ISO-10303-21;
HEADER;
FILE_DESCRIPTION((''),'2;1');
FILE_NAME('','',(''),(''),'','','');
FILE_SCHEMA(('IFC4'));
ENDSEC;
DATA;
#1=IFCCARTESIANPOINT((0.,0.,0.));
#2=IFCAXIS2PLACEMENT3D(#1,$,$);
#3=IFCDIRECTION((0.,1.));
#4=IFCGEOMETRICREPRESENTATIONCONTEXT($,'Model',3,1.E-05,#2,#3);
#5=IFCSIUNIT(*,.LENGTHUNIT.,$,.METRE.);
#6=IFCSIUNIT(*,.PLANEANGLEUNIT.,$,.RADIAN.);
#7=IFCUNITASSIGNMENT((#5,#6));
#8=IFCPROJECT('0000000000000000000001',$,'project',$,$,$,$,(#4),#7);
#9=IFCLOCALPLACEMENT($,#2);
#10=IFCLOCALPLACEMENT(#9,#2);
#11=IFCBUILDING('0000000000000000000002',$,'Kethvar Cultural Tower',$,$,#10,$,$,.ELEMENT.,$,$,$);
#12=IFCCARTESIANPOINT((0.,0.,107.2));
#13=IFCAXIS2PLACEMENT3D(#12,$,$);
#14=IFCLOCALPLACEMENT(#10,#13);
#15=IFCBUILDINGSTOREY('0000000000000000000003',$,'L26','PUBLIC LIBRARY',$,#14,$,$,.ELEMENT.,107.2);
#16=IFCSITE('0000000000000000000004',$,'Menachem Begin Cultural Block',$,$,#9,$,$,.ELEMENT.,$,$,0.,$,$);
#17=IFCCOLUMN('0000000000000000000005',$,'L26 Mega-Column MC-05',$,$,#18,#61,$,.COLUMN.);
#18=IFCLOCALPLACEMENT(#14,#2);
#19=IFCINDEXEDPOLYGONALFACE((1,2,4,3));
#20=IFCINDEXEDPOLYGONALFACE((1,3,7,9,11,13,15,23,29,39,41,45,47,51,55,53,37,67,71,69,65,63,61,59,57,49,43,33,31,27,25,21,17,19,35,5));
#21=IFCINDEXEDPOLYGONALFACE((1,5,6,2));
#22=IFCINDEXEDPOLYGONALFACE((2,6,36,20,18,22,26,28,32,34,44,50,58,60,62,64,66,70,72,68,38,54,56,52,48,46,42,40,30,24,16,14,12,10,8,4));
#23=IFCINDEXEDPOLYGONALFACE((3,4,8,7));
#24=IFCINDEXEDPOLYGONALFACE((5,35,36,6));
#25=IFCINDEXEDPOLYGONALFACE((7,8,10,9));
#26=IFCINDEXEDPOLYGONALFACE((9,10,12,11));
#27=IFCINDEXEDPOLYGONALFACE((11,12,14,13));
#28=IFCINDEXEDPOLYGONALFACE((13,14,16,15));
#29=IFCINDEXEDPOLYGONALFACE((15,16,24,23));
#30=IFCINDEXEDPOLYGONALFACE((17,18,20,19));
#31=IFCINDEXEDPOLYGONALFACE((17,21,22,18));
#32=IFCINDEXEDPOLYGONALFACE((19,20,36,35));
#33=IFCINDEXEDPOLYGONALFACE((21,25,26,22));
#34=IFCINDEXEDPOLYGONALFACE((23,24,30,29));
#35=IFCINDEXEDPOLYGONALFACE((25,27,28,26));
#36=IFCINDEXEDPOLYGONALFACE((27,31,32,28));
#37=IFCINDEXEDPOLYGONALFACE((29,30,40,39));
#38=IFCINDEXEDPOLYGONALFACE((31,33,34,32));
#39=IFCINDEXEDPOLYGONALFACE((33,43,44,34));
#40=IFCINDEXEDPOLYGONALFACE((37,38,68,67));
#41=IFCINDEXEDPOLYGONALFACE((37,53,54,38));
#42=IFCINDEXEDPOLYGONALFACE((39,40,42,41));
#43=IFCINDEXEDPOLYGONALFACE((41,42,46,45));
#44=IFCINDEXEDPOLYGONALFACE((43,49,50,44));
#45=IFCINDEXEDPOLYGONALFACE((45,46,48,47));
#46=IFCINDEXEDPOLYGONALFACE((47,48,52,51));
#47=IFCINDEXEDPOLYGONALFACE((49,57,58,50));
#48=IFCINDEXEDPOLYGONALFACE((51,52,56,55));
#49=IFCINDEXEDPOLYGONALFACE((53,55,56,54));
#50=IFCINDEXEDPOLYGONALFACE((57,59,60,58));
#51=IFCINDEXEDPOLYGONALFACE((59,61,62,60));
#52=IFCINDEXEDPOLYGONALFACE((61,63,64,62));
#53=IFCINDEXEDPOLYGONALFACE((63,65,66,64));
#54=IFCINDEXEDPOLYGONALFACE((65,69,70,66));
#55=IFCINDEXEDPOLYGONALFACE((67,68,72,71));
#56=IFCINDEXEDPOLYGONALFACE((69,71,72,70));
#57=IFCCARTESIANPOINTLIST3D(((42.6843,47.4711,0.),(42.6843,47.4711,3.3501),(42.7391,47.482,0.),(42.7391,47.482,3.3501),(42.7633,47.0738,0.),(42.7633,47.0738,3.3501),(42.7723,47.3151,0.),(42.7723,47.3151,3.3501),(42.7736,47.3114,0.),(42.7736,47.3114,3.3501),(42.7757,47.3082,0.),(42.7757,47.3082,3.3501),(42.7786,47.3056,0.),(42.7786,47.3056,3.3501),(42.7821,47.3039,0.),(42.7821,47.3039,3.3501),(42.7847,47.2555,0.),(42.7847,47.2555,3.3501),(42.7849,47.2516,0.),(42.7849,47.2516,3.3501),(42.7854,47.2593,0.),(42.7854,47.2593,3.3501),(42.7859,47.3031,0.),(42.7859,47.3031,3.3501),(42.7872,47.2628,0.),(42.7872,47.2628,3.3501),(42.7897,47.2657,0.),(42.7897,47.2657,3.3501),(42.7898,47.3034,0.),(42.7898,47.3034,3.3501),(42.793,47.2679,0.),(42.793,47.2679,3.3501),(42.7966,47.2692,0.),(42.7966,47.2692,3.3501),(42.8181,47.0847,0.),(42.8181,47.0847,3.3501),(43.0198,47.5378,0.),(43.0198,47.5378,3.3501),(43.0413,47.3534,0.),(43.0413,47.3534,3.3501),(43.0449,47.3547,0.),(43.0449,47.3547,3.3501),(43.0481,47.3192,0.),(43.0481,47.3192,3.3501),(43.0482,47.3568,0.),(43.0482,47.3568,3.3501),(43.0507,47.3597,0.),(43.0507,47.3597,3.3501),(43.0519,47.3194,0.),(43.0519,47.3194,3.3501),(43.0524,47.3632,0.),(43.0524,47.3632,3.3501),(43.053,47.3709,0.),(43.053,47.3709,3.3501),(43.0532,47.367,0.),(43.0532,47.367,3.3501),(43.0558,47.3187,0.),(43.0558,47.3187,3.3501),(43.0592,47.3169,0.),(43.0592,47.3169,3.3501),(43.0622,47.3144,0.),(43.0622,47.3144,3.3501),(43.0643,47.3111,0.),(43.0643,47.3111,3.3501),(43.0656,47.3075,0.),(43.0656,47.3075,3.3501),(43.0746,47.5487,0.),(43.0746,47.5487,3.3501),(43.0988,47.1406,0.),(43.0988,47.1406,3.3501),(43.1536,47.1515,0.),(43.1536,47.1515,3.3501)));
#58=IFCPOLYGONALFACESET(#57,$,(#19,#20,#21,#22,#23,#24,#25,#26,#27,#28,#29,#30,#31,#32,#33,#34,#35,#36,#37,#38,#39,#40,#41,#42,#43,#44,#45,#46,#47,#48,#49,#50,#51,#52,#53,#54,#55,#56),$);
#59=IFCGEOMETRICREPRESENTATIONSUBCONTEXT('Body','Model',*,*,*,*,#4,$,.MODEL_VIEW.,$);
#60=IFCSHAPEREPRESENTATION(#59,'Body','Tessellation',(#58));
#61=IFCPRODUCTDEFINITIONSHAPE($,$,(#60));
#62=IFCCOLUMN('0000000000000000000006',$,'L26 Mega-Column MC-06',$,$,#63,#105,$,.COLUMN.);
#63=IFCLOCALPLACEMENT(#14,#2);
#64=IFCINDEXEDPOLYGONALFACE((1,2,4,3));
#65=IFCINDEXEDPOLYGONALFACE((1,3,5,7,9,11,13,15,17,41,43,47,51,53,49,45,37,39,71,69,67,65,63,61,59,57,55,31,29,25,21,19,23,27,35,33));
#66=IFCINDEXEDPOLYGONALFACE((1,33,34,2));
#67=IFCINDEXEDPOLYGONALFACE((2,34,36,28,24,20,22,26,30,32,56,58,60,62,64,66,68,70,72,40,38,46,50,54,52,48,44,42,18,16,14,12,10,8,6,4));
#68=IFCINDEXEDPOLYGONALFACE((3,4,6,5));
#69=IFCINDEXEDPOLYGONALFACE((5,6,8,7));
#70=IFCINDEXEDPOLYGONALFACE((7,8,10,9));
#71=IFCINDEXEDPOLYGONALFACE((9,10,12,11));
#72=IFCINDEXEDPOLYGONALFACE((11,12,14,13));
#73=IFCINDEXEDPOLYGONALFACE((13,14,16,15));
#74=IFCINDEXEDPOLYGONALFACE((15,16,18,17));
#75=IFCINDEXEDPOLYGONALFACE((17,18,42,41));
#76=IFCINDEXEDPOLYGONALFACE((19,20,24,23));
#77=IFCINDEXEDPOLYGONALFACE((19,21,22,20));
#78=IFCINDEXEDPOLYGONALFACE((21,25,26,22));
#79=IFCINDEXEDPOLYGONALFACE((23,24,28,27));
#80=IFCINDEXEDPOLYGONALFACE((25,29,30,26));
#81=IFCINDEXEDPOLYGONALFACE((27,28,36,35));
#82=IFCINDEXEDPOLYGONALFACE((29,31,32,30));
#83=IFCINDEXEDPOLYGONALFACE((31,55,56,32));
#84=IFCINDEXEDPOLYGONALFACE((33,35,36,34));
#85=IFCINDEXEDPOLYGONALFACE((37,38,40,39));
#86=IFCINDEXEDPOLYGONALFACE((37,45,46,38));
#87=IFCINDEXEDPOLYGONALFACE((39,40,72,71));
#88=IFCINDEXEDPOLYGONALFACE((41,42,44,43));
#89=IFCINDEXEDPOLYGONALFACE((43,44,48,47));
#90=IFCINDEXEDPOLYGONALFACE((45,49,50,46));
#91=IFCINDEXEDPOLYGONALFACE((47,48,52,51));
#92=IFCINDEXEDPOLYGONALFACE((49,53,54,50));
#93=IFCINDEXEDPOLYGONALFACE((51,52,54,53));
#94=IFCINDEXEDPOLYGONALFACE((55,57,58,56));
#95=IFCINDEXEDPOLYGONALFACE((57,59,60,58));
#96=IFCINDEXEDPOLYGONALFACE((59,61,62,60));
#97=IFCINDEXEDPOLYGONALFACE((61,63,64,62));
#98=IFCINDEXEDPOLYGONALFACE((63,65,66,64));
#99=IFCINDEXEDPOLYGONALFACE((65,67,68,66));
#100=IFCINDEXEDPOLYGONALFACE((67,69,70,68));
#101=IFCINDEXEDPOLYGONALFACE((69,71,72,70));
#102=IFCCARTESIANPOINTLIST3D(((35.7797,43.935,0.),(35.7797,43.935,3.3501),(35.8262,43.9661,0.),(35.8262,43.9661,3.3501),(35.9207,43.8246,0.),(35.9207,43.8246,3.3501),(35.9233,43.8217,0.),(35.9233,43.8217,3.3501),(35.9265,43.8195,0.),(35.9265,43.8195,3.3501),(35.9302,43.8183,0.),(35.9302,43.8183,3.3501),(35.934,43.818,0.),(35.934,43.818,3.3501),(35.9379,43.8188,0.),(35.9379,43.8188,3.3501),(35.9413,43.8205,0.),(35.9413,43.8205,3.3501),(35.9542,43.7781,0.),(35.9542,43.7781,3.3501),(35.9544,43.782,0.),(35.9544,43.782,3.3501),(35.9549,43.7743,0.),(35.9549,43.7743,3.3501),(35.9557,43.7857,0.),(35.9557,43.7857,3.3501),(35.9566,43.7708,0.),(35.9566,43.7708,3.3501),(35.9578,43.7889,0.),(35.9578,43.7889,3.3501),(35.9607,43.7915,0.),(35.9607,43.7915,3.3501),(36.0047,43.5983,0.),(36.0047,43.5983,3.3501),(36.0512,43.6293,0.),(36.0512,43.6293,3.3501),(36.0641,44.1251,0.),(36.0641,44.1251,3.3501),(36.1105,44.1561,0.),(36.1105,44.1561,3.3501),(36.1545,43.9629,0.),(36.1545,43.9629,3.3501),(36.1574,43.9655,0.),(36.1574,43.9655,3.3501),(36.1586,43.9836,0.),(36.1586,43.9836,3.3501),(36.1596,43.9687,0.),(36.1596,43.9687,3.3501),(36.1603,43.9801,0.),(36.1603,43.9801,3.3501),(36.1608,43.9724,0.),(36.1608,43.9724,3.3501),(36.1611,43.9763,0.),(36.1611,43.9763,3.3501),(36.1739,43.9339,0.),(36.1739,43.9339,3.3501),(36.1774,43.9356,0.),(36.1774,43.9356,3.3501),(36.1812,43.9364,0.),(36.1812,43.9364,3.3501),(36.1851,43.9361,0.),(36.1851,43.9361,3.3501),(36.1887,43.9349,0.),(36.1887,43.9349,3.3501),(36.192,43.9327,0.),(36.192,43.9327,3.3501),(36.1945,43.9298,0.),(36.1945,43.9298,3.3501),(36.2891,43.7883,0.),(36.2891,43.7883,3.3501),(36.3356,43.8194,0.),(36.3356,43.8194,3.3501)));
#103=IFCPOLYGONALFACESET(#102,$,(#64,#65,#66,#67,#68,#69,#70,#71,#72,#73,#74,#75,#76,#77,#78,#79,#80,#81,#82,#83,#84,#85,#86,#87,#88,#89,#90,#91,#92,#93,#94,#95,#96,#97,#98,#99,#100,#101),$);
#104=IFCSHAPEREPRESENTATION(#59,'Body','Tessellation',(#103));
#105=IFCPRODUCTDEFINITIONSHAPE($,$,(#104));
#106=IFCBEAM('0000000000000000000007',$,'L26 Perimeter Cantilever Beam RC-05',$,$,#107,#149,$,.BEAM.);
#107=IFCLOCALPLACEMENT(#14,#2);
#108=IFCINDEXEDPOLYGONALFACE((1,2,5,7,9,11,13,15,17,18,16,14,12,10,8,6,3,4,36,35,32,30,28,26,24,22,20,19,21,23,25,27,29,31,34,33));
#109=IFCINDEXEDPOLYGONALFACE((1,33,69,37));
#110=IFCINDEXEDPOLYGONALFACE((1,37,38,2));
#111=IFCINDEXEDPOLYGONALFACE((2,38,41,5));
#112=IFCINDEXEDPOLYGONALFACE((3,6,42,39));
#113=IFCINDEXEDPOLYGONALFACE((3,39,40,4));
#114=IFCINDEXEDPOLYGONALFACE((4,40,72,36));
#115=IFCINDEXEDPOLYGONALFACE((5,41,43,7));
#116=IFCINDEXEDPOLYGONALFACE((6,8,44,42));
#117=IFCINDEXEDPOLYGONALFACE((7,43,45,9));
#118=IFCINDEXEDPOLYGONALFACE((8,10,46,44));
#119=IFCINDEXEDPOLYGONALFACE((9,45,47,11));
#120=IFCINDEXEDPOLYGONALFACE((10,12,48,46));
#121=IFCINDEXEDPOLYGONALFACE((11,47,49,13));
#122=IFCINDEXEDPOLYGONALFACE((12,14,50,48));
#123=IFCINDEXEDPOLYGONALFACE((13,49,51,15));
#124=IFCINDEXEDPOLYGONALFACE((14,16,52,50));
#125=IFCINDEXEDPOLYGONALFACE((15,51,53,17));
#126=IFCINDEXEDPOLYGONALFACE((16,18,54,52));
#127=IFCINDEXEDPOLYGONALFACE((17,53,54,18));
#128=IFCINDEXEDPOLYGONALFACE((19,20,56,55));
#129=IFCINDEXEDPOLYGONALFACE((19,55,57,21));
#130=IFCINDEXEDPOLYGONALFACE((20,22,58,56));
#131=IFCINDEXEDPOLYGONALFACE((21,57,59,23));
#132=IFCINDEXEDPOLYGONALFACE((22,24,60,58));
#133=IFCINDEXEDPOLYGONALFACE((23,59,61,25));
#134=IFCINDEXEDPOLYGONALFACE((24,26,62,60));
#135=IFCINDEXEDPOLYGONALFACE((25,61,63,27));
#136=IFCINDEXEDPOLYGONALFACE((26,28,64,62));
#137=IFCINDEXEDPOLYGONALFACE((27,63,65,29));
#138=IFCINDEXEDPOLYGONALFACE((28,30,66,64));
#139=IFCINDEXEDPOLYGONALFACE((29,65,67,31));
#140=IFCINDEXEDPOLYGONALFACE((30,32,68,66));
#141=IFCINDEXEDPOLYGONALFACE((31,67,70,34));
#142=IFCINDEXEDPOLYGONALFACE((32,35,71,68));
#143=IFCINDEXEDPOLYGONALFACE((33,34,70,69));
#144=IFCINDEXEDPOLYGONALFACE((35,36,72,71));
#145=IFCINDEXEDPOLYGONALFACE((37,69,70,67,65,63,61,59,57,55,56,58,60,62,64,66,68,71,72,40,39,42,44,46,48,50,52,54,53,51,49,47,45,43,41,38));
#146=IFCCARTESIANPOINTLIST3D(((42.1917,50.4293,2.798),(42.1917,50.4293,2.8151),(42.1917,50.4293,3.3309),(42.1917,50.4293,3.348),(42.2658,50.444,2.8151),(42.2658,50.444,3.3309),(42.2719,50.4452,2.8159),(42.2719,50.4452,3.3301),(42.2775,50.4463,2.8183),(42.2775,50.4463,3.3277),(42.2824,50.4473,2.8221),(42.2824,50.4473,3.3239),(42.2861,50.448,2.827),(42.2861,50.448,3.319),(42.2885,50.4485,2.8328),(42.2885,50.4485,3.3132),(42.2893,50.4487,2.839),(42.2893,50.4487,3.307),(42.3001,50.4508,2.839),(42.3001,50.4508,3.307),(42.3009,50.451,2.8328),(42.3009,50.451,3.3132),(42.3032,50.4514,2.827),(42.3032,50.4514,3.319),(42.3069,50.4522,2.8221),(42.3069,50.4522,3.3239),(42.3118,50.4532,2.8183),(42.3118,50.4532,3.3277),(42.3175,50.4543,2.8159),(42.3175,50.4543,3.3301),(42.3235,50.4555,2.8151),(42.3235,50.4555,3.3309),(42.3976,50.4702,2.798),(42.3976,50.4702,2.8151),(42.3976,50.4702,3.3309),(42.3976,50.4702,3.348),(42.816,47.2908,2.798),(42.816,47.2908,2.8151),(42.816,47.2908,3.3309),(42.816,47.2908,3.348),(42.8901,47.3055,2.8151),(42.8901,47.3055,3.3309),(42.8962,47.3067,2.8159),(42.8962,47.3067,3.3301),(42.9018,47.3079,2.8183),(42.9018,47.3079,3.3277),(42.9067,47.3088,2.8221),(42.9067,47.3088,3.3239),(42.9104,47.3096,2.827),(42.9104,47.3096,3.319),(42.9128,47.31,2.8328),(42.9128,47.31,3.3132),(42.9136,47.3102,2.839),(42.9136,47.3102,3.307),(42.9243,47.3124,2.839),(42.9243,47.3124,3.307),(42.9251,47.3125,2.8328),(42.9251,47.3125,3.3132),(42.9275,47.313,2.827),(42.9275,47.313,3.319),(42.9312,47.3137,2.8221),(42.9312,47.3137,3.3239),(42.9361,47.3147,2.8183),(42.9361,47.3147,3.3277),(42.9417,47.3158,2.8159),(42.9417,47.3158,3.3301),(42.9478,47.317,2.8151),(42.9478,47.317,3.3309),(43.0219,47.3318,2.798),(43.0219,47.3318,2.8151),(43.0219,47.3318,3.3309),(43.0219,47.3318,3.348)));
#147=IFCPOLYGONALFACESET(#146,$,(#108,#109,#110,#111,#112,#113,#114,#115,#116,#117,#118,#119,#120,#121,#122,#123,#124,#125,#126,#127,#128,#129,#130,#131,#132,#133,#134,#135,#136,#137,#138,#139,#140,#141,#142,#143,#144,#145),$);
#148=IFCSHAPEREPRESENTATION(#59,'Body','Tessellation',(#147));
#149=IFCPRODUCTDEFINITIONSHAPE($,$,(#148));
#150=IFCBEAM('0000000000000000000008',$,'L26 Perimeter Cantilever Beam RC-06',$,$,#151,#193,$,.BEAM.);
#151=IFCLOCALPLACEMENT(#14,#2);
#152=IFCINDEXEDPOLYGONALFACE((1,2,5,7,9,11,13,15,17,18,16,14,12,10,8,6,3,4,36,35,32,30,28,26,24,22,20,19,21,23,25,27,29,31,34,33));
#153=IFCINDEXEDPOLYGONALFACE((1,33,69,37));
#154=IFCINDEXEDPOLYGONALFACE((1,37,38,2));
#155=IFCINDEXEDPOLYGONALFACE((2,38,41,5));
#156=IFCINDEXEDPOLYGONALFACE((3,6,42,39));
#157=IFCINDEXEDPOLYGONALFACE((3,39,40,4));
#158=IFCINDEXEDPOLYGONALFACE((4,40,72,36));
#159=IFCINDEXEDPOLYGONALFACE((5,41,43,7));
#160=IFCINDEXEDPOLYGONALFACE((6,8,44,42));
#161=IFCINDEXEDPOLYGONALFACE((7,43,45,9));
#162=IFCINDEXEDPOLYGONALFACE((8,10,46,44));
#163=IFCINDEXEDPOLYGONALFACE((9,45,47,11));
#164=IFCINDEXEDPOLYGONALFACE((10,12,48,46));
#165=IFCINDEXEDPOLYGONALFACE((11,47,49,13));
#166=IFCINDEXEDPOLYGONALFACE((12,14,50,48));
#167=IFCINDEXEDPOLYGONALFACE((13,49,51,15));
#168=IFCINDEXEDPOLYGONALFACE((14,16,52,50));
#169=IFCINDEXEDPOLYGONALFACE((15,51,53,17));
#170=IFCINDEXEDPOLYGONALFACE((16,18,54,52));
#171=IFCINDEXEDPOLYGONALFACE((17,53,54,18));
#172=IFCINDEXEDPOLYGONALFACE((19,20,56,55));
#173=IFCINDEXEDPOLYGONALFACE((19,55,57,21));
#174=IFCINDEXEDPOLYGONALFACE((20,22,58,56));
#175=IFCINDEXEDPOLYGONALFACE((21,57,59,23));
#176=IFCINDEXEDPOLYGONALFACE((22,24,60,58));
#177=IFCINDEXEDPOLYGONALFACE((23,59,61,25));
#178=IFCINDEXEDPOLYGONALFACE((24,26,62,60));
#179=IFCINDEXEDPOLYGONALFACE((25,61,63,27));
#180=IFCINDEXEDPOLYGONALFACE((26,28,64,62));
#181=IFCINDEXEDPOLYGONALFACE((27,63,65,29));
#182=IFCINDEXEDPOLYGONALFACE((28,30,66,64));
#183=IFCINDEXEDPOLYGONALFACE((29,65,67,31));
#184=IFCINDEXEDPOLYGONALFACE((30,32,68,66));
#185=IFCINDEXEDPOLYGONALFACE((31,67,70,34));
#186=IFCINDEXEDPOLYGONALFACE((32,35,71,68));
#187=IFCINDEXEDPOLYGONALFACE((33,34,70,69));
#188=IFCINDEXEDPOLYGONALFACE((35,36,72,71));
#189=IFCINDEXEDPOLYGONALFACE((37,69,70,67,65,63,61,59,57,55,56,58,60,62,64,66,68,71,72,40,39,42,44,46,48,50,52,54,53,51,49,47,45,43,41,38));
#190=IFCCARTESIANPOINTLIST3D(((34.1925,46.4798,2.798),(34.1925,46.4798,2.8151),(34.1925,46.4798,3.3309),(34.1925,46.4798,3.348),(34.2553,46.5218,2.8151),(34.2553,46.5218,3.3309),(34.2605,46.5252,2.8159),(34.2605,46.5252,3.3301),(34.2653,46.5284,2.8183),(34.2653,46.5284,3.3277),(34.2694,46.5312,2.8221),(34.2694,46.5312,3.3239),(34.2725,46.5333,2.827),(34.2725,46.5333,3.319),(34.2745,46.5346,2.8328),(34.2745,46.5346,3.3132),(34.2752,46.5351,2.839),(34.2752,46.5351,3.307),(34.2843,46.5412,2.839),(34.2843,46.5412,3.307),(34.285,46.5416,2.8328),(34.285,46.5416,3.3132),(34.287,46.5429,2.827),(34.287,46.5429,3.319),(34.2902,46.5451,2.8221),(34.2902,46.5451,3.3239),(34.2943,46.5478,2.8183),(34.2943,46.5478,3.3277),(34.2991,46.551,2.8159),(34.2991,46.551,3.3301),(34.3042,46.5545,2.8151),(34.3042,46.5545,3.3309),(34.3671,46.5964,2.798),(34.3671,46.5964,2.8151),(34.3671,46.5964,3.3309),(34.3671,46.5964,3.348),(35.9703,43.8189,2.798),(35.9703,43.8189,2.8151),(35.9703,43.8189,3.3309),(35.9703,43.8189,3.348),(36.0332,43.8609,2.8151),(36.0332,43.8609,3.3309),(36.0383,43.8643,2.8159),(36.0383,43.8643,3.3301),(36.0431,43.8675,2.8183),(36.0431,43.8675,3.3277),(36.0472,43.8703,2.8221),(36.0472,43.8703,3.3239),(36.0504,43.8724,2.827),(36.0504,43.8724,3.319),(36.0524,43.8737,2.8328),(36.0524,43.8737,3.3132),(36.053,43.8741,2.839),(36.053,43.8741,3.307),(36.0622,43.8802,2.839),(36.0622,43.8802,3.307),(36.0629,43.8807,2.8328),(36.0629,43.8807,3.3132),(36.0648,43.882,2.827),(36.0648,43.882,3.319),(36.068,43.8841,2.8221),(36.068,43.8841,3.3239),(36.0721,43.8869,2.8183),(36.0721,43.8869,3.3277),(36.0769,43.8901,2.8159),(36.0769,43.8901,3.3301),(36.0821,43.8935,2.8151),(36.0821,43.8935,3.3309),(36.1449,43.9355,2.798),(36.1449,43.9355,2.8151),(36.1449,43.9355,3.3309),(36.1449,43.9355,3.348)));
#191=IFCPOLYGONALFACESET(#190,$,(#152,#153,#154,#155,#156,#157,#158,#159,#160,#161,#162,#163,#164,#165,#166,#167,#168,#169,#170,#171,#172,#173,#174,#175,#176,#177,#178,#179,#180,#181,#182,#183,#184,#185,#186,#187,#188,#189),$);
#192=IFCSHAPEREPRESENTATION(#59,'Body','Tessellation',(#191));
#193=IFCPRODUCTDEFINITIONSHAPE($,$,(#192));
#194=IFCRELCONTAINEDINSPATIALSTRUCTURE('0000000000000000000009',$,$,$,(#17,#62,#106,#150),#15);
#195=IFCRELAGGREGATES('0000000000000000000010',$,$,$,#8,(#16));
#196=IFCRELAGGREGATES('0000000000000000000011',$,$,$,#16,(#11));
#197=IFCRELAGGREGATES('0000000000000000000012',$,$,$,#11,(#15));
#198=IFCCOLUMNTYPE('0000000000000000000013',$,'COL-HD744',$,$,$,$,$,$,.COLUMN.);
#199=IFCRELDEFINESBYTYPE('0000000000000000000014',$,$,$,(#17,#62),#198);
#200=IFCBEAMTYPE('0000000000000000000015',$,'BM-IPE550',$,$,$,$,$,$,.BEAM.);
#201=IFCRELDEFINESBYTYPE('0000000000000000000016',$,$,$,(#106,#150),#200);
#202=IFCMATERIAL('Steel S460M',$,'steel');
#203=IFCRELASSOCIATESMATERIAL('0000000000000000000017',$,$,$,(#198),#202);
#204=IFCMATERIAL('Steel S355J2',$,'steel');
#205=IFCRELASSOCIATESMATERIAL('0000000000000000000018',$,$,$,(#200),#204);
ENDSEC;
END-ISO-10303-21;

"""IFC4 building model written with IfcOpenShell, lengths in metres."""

from ifc_helpers import new_model, si_unit, direction, frame, origin, origin_2d, place, context, subcontext, project, spatial, i_section, extrude, source, transform, mapped, material, material_profile, profile_set, type_object, element, save


model = new_model("IFC4")

# Units and contexts
model_context = context("Model", 3, precision=1e-05, world=origin(), true_north=direction((0.0, 1.0)))
body_context = subcontext(model_context, "Body", "Model", "MODEL_VIEW")
ifc_project = project(units=[si_unit("LENGTHUNIT", "METRE"), si_unit("PLANEANGLEUNIT", "RADIAN")], contexts=[model_context])

# Site, building, storey
site_placement = place(None, origin())
site = spatial("IfcSite", under=ifc_project, at=site_placement, Name="Menachem Begin Cultural Block", CompositionType="ELEMENT", RefElevation=0.0)
building_placement = place(site_placement, origin())
building = spatial("IfcBuilding", under=site, at=building_placement, Name="Kethvar Cultural Tower", CompositionType="ELEMENT")
storey_placement = place(building_placement, frame((0.0, 0.0, 107.2)))
storey = spatial("IfcBuildingStorey", under=building, at=storey_placement, Name="L26", Description="PUBLIC LIBRARY", CompositionType="ELEMENT", Elevation=107.2)

# Columns
ifc_material_1 = material(Name="Steel S460M", Category="steel")
ifc_material_profile_1 = material_profile(ifc_material_1, i_section(OverallWidth=0.405, OverallDepth=0.3979, WebThickness=0.0349, FlangeThickness=0.0559, FilletRadius=0.0149, at=origin_2d()), Name="Steel S460M — HD400x744")
ifc_profile_set_1 = profile_set([ifc_material_profile_1], Name="Steel S460M — HD400x744")
column_type = type_object("IfcColumnType", Name="COL-HD744", PredefinedType="COLUMN", material=ifc_profile_set_1)
shared_shape_1 = source(origin(), body_context, "Body", "SweptSolid", [
    extrude(i_section(OverallWidth=0.405, OverallDepth=0.3979, WebThickness=0.0349, FlangeThickness=0.0559, FilletRadius=0.0149, at=origin_2d()), origin(), (0.0, 0.0, 1.0), 3.3501),
])
for number, where, z_axis, x_axis, name in (
    (1, (42.9189, 47.3113, 0.0), (0.0, 0.0, 1.0), (-0.19509, 0.980785, 0.0), "L26 Mega-Column MC-05"),
    (2, (36.0576, 43.8772, 0.0), (0.0, 0.0, 1.0), (-0.55557, 0.83147, 0.0), "L26 Mega-Column MC-06"),
):
    element("IfcColumn", number, at=place(storey_placement, frame(where, z_axis=z_axis, x_axis=x_axis)), inside=storey, type_object=column_type, Name=name, PredefinedType="COLUMN", context=body_context, shape_type="MappedRepresentation", body=[
        mapped(shared_shape_1, transform((0.0, 0.0, 0.0), scale=1.0)),
    ])

# Beams
ifc_material_2 = material(Name="Steel S355J2", Category="steel")
ifc_material_profile_2 = material_profile(ifc_material_2, i_section(OverallWidth=0.21, OverallDepth=0.55, WebThickness=0.011, FlangeThickness=0.0171, FilletRadius=0.0239, at=origin_2d()), Name="Steel S355J2 — IPE550")
ifc_profile_set_2 = profile_set([ifc_material_profile_2], Name="Steel S355J2 — IPE550")
beam_type_1 = type_object("IfcBeamType", Name="BM-IPE550", PredefinedType="BEAM", material=ifc_profile_set_2)
shared_shape_2 = source(origin(), body_context, "Body", "SweptSolid", [
    extrude(i_section(OverallWidth=0.21, OverallDepth=0.55, WebThickness=0.011, FlangeThickness=0.0171, FilletRadius=0.0239, at=origin_2d()), origin(), (0.0, 0.0, 1.0), 3.2),
])
beam_1_placement = place(storey_placement, frame((42.9189, 47.3113, 3.073), z_axis=(-0.195089, 0.980786, 0.0), x_axis=(-0.980786, -0.195089, 0.0)))
element("IfcBeam", 3, at=beam_1_placement, inside=storey, type_object=beam_type_1, Name="L26 Perimeter Cantilever Beam RC-05", PredefinedType="BEAM", context=body_context, shape_type="MappedRepresentation", body=[
    mapped(shared_shape_2, transform((0.0, 0.0, 0.0), scale=1.0)),
])
shared_shape_3 = source(origin(), body_context, "Body", "SweptSolid", [
    extrude(i_section(OverallWidth=0.21, OverallDepth=0.55, WebThickness=0.011, FlangeThickness=0.0171, FilletRadius=0.0239, at=origin_2d()), origin(), (0.0, 0.0, 1.0), 3.2002),
])
beam_2_placement = place(storey_placement, frame((36.0576, 43.8772, 3.073), z_axis=(-0.555545, 0.831486, 0.0), x_axis=(-0.831486, -0.555545, 0.0)))
element("IfcBeam", 4, at=beam_2_placement, inside=storey, type_object=beam_type_1, Name="L26 Perimeter Cantilever Beam RC-06", PredefinedType="BEAM", context=body_context, shape_type="MappedRepresentation", body=[
    mapped(shared_shape_3, transform((0.0, 0.0, 0.0), scale=1.0)),
])

save(model, "model.ifc")
